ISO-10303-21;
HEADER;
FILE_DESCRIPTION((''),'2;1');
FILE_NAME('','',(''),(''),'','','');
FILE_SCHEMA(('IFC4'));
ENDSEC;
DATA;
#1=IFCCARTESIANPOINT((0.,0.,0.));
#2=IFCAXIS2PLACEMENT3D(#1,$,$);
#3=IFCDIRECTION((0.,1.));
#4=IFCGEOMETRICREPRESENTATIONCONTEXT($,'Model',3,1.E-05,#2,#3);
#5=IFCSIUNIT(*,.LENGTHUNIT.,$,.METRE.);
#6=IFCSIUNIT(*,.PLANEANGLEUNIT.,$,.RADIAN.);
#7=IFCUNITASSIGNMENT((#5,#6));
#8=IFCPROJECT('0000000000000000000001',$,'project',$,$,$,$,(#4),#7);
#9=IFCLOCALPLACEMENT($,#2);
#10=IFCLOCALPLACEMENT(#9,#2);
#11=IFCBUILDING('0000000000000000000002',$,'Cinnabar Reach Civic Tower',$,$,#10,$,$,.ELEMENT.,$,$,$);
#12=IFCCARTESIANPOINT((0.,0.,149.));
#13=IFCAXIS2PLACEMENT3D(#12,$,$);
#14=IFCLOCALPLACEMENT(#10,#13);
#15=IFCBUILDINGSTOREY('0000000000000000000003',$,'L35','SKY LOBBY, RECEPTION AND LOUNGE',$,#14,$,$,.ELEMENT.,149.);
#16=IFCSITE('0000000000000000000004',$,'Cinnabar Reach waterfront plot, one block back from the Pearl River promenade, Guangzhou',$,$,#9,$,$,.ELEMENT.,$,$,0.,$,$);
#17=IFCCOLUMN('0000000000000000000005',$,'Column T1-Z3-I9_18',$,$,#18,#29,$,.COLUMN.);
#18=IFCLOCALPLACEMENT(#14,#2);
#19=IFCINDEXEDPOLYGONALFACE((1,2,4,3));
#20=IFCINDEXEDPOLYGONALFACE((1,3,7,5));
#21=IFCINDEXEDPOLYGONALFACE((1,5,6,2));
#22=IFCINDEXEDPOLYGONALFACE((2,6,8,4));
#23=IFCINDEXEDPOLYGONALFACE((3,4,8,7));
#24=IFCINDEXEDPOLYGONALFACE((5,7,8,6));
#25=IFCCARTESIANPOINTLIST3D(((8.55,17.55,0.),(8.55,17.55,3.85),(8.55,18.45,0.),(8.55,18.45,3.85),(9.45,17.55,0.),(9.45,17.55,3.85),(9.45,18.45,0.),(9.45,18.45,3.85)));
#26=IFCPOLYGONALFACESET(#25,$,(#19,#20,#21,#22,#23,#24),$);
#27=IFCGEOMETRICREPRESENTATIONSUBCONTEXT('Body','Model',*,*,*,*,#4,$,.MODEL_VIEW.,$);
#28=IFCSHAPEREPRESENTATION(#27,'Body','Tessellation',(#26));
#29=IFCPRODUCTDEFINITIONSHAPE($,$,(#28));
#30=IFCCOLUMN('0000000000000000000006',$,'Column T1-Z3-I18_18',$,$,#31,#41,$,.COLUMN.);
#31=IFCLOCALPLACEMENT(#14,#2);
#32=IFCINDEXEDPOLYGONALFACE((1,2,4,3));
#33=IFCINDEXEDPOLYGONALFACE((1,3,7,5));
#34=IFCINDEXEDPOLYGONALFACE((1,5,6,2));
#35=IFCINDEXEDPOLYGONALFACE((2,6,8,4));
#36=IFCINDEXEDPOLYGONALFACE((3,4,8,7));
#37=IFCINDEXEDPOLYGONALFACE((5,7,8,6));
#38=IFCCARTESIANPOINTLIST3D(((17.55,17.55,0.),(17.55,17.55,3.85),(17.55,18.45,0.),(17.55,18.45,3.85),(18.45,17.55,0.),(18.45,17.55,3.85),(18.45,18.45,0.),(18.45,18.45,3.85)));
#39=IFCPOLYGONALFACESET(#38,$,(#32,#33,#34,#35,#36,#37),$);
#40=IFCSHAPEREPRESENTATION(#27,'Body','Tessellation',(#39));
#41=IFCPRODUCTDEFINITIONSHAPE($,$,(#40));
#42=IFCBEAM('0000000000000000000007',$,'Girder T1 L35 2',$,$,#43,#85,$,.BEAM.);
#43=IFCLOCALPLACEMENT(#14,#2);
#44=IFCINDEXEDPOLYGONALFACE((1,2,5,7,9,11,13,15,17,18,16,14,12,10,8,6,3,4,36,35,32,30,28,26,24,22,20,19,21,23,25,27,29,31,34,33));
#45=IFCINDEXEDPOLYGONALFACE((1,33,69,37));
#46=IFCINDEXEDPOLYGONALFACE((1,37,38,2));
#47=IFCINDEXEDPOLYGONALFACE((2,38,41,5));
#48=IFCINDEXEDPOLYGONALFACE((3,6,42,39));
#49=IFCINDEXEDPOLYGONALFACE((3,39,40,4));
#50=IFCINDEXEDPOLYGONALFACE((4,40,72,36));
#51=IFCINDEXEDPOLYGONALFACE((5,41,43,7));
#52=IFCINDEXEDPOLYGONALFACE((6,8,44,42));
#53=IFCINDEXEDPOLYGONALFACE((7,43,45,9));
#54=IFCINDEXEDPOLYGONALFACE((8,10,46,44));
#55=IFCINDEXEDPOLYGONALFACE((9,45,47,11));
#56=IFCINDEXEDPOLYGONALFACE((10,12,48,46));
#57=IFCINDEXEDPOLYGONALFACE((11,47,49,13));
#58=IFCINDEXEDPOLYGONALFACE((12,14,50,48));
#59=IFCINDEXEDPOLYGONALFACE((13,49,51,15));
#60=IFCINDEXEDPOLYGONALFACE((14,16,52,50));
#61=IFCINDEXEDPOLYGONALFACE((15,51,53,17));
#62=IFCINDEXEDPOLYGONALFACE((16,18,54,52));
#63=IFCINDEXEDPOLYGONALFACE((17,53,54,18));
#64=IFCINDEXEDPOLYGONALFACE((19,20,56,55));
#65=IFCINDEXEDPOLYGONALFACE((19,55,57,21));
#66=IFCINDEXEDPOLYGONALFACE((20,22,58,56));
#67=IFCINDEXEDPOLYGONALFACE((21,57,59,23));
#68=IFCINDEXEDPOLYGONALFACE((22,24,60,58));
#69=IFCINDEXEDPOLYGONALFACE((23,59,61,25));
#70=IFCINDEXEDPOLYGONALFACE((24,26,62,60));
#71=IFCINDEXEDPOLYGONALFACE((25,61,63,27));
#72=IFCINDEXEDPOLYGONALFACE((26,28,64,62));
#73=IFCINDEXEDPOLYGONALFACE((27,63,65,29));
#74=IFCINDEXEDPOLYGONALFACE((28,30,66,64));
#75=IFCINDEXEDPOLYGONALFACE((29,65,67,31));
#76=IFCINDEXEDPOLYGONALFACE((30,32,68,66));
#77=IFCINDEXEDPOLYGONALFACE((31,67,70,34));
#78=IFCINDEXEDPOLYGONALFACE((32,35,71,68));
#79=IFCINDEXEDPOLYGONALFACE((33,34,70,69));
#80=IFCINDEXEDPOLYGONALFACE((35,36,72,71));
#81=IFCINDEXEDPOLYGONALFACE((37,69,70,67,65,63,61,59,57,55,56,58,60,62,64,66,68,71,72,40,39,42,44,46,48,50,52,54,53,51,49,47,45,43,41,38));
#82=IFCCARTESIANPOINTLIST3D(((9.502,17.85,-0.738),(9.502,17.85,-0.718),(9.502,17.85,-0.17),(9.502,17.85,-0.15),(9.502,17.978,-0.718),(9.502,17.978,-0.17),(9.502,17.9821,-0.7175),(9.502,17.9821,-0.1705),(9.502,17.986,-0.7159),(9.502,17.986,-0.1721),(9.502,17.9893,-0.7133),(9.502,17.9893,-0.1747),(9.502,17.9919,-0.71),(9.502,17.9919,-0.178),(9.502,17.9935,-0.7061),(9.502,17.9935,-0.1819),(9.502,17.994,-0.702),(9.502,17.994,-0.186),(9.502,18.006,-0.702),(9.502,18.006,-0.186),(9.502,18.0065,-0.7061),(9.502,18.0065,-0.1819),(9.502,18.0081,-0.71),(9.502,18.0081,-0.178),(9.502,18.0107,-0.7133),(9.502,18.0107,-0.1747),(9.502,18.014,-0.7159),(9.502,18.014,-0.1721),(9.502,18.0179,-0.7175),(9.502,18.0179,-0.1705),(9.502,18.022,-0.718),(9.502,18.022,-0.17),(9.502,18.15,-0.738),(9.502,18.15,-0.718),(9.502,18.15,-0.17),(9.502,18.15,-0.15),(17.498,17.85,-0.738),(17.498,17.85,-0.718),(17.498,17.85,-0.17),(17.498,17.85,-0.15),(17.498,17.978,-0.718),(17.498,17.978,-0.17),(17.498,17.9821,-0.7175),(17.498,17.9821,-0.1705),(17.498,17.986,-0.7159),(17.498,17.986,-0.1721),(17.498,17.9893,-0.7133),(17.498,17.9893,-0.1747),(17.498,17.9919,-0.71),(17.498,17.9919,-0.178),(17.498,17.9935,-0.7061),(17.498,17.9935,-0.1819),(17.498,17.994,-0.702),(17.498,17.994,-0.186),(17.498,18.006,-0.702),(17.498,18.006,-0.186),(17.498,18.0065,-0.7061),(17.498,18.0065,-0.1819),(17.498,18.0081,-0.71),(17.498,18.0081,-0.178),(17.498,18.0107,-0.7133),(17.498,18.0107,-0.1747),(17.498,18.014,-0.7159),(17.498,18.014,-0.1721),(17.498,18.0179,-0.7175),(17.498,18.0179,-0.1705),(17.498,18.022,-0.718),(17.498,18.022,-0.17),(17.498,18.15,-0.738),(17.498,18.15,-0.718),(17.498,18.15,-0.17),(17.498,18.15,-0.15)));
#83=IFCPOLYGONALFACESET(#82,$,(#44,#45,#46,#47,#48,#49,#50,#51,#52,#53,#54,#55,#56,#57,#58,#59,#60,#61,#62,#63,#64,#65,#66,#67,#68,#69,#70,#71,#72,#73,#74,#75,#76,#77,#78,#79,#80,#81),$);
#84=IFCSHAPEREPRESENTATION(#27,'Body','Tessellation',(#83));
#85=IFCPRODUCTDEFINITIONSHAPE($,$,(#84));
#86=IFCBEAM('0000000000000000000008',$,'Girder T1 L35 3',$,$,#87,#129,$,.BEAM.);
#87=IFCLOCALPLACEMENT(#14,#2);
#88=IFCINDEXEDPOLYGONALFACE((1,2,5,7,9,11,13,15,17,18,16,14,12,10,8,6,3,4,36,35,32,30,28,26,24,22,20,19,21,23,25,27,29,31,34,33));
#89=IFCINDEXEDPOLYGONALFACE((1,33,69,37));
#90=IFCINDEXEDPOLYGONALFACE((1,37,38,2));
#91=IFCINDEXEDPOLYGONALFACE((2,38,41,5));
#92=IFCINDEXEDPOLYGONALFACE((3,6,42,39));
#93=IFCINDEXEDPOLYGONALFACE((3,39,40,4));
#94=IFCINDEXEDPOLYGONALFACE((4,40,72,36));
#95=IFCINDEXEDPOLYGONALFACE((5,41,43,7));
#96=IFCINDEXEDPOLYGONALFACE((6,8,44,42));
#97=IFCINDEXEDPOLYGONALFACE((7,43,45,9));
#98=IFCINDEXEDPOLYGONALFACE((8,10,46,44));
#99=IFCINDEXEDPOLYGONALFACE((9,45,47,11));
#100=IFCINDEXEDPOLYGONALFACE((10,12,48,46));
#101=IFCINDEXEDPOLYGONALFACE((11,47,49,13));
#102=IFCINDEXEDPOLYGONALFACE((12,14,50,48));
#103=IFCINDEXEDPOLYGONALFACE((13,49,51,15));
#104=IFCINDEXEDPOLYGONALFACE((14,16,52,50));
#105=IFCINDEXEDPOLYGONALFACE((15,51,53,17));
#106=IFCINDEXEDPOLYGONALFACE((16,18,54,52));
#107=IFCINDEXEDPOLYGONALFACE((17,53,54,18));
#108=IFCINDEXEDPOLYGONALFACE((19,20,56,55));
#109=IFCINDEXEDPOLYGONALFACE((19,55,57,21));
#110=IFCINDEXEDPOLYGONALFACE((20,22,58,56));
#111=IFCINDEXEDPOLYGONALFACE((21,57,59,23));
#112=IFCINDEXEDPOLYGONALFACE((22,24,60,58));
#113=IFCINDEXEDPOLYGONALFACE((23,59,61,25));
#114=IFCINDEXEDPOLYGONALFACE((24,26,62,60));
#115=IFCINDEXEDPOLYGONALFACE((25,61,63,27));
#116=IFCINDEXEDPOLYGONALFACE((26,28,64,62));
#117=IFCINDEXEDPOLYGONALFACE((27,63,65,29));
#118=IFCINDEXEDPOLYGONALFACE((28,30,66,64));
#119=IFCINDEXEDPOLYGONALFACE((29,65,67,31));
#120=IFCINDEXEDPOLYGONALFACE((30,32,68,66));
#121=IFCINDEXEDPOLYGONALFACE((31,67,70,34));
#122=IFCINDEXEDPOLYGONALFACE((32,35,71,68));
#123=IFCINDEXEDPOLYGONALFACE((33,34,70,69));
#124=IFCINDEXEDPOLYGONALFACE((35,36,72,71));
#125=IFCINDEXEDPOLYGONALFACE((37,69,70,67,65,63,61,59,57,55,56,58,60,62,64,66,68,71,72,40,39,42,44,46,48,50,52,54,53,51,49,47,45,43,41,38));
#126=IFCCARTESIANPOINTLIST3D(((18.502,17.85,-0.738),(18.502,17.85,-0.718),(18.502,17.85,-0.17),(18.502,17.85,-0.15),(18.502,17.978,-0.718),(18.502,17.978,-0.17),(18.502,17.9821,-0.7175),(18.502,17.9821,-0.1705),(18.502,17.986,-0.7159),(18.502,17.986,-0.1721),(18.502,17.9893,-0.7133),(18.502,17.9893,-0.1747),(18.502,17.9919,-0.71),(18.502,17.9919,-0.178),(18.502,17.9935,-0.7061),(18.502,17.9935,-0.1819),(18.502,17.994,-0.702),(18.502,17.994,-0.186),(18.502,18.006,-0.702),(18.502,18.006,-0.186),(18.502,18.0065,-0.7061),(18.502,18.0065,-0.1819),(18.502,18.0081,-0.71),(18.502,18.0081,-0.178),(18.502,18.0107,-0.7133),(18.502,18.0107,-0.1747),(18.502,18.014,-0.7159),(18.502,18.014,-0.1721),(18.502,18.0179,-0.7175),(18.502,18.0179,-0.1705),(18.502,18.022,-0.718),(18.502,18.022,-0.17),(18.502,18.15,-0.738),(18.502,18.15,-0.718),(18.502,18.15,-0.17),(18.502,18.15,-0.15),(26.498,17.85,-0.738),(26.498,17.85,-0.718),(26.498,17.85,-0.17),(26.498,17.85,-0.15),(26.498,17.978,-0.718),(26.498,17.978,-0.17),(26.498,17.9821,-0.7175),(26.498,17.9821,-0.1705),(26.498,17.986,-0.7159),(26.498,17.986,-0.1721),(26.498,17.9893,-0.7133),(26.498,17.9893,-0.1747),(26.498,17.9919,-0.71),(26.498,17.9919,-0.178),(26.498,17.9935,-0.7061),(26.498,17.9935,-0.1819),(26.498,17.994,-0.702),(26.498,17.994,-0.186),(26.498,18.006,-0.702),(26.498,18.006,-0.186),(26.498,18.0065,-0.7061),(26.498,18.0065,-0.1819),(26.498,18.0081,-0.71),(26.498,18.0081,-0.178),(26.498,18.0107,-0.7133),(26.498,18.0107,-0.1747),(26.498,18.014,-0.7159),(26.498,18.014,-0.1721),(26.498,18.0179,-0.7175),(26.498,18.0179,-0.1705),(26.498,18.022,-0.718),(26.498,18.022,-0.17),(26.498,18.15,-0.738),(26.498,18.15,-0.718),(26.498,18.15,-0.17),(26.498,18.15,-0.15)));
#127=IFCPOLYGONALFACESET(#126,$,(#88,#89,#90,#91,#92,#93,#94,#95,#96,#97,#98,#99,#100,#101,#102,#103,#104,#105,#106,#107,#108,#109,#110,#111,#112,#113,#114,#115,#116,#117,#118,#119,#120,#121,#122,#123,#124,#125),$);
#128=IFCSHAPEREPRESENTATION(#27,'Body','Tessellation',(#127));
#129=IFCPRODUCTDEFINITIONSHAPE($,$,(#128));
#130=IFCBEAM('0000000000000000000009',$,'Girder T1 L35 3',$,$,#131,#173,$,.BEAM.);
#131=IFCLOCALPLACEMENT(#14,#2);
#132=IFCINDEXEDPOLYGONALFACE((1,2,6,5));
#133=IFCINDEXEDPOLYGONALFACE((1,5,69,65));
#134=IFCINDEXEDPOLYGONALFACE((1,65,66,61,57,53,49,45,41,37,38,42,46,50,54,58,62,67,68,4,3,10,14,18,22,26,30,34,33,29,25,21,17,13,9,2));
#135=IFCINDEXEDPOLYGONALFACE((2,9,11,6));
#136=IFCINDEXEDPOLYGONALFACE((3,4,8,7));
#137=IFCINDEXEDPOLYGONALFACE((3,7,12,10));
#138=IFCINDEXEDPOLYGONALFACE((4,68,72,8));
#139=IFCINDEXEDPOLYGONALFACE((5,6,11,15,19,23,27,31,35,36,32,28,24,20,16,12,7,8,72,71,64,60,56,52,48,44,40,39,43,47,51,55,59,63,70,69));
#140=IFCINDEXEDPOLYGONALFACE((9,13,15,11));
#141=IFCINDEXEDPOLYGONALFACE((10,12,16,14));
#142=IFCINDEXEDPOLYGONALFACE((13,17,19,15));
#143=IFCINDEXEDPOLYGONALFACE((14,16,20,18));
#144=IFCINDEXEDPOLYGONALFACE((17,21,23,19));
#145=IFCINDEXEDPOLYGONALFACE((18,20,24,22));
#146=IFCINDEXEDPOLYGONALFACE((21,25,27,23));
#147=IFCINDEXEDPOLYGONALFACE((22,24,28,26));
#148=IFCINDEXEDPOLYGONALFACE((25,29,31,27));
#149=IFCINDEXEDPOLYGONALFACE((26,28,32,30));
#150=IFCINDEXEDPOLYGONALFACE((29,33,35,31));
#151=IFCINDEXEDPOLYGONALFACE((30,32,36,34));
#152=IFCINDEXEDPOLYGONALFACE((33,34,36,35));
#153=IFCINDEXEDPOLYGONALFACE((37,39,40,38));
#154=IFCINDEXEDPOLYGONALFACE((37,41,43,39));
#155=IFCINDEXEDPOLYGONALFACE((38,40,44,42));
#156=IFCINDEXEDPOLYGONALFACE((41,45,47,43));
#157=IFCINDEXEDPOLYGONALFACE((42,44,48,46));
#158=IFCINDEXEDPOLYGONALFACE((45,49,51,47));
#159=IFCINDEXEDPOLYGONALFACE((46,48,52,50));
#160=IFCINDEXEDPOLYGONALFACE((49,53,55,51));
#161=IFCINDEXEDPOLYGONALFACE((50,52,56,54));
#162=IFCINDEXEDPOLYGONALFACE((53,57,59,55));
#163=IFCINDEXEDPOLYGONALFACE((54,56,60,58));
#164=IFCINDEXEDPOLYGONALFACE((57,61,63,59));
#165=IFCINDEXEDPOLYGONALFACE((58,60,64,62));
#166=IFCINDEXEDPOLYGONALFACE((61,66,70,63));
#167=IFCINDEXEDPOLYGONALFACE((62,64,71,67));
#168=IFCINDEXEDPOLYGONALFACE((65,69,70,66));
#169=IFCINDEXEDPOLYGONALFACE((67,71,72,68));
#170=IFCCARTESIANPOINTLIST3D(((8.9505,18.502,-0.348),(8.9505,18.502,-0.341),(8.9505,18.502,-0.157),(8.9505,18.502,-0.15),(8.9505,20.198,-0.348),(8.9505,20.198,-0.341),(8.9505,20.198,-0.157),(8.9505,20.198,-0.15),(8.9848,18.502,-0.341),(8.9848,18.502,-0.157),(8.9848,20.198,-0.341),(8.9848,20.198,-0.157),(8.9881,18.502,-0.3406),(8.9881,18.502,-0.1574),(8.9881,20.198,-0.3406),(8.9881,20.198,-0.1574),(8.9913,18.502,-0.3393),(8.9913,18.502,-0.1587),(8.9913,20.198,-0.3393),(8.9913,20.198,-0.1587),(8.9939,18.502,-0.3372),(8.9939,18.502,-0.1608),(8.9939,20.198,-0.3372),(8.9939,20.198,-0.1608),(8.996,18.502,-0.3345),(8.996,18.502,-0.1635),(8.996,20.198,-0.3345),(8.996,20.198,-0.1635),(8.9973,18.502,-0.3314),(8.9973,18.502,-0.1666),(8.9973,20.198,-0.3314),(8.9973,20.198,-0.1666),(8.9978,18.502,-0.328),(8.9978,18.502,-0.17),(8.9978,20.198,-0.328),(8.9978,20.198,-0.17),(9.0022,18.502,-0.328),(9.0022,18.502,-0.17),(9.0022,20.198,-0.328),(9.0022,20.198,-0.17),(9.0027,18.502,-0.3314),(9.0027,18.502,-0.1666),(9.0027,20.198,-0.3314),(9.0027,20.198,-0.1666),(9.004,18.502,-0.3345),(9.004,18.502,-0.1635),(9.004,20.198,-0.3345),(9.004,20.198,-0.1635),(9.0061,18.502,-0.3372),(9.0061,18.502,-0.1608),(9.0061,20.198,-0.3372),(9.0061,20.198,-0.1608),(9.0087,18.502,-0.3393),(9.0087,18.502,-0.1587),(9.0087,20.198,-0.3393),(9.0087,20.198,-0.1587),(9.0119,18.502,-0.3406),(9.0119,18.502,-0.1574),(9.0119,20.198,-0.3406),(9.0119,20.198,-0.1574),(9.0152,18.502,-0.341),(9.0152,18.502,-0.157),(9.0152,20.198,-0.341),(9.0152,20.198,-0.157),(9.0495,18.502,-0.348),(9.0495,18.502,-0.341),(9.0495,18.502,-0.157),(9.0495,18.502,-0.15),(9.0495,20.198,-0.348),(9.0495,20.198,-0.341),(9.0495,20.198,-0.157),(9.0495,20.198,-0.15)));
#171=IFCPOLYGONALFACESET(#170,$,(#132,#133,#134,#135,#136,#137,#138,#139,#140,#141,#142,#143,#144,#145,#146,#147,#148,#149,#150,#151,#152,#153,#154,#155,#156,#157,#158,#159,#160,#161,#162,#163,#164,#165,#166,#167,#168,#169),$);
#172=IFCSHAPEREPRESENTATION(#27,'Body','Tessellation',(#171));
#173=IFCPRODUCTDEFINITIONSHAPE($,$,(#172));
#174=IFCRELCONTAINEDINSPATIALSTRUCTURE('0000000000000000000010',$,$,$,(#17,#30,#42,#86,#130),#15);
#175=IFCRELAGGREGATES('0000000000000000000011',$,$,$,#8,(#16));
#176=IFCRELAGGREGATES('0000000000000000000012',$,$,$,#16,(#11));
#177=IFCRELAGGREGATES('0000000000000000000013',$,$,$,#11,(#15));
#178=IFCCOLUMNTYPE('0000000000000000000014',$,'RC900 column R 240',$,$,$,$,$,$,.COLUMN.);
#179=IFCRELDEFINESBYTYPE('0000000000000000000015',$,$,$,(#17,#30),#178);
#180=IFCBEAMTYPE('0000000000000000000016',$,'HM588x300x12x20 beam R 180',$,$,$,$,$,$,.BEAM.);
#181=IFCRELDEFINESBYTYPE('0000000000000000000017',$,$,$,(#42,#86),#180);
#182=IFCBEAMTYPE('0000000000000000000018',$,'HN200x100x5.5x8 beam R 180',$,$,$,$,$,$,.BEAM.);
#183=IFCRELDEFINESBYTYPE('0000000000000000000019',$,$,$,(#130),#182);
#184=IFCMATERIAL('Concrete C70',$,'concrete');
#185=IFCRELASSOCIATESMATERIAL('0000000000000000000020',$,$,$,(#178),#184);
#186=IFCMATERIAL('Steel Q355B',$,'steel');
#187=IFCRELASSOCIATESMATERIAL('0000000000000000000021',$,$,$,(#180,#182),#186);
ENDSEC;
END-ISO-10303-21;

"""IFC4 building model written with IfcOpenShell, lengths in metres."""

from ifc_helpers import new_model, si_unit, direction, frame, origin, origin_2d, place, context, subcontext, project, spatial, rectangle, i_section, extrude, material, material_profile, profile_set, type_object, element, save


model = new_model("IFC4")

# Units and contexts
model_context = context("Model", 3, precision=1e-05, world=origin(), true_north=direction((0.0, 1.0)))
body_context = subcontext(model_context, "Body", "Model", "MODEL_VIEW")
ifc_project = project(units=[si_unit("LENGTHUNIT", "METRE"), si_unit("PLANEANGLEUNIT", "RADIAN")], contexts=[model_context])

# Site, building, storey
site_placement = place(None, origin())
site = spatial("IfcSite", under=ifc_project, at=site_placement, Name="Cinnabar Reach waterfront plot, one block back from the Pearl River promenade, Guangzhou", CompositionType="ELEMENT", RefElevation=0.0)
building_placement = place(site_placement, origin())
building = spatial("IfcBuilding", under=site, at=building_placement, Name="Cinnabar Reach Civic Tower", CompositionType="ELEMENT")
storey_placement = place(building_placement, frame((0.0, 0.0, 149.0)))
storey = spatial("IfcBuildingStorey", under=building, at=storey_placement, Name="L35", Description="SKY LOBBY, RECEPTION AND LOUNGE", CompositionType="ELEMENT", Elevation=149.0)

# Columns
ifc_material_1 = material(Name="Concrete C70", Category="concrete")
ifc_material_profile_1 = material_profile(ifc_material_1, rectangle(XDim=0.9, YDim=0.9, at=origin_2d()), Name="RC900")
ifc_profile_set_1 = profile_set([ifc_material_profile_1], Name="Concrete C70")
column_type = type_object("IfcColumnType", Name="RC900 column R 240", PredefinedType="COLUMN", material=ifc_profile_set_1)
for number, where, z_axis, x_axis, name in (
    (1, (9.0, 18.0, 0.0), (0.0, 0.0, 1.0), (1.0, 0.0, 0.0), "Column T1-Z3-I9_18"),
    (2, (18.0, 18.0, 0.0), (0.0, 0.0, 1.0), (1.0, 0.0, 0.0), "Column T1-Z3-I18_18"),
):
    element("IfcColumn", number, at=place(storey_placement, frame(where, z_axis=z_axis, x_axis=x_axis)), inside=storey, type_object=column_type, Name=name, PredefinedType="COLUMN", context=body_context, shape_type="SweptSolid", body=[
        extrude(rectangle(XDim=0.9, YDim=0.9, at=origin_2d()), origin(), (0.0, 0.0, 1.0), 3.85),
    ])

# Beams
ifc_material_2 = material(Name="Steel Q355B", Category="steel")
ifc_material_profile_2 = material_profile(ifc_material_2, i_section(OverallWidth=0.3, OverallDepth=0.588, WebThickness=0.012, FlangeThickness=0.02, FilletRadius=0.016, at=origin_2d()), Name="HM588x300x12x20")
ifc_profile_set_2 = profile_set([ifc_material_profile_2], Name="Steel Q355B")
beam_type_1 = type_object("IfcBeamType", Name="HM588x300x12x20 beam R 180", PredefinedType="BEAM", material=ifc_profile_set_2)
for number, where, z_axis, x_axis, name in (
    (3, (9.502, 18.0, -0.444), (1.0, 0.0, 0.0), (0.0, 1.0, 0.0), "Girder T1 L35 2"),
    (4, (18.502, 18.0, -0.444), (1.0, 0.0, 0.0), (0.0, 1.0, 0.0), "Girder T1 L35 3"),
):
    element("IfcBeam", number, at=place(storey_placement, frame(where, z_axis=z_axis, x_axis=x_axis)), inside=storey, type_object=beam_type_1, Name=name, PredefinedType="BEAM", context=body_context, shape_type="SweptSolid", body=[
        extrude(i_section(OverallWidth=0.3, OverallDepth=0.588, WebThickness=0.012, FlangeThickness=0.02, FilletRadius=0.016, at=origin_2d()), origin(), (0.0, 0.0, 1.0), 7.996),
    ])
ifc_material_profile_3 = material_profile(ifc_material_2, i_section(OverallWidth=0.099, OverallDepth=0.198, WebThickness=0.0045, FlangeThickness=0.007, FilletRadius=0.013, at=origin_2d()), Name="HN200x100x5.5x8")
ifc_profile_set_3 = profile_set([ifc_material_profile_3], Name="Steel Q355B")
beam_type_2 = type_object("IfcBeamType", Name="HN200x100x5.5x8 beam R 180", PredefinedType="BEAM", material=ifc_profile_set_3)
for number, where, z_axis, x_axis, name in (
    (5, (9.0, 18.502, -0.249), (0.0, 1.0, 0.0), (-1.0, 0.0, 0.0), "Girder T1 L35 3"),
):
    element("IfcBeam", number, at=place(storey_placement, frame(where, z_axis=z_axis, x_axis=x_axis)), inside=storey, type_object=beam_type_2, Name=name, PredefinedType="BEAM", context=body_context, shape_type="SweptSolid", body=[
        extrude(i_section(OverallWidth=0.099, OverallDepth=0.198, WebThickness=0.0045, FlangeThickness=0.007, FilletRadius=0.013, at=origin_2d()), origin(), (0.0, 0.0, 1.0), 1.696),
    ])

save(model, "model.ifc")
